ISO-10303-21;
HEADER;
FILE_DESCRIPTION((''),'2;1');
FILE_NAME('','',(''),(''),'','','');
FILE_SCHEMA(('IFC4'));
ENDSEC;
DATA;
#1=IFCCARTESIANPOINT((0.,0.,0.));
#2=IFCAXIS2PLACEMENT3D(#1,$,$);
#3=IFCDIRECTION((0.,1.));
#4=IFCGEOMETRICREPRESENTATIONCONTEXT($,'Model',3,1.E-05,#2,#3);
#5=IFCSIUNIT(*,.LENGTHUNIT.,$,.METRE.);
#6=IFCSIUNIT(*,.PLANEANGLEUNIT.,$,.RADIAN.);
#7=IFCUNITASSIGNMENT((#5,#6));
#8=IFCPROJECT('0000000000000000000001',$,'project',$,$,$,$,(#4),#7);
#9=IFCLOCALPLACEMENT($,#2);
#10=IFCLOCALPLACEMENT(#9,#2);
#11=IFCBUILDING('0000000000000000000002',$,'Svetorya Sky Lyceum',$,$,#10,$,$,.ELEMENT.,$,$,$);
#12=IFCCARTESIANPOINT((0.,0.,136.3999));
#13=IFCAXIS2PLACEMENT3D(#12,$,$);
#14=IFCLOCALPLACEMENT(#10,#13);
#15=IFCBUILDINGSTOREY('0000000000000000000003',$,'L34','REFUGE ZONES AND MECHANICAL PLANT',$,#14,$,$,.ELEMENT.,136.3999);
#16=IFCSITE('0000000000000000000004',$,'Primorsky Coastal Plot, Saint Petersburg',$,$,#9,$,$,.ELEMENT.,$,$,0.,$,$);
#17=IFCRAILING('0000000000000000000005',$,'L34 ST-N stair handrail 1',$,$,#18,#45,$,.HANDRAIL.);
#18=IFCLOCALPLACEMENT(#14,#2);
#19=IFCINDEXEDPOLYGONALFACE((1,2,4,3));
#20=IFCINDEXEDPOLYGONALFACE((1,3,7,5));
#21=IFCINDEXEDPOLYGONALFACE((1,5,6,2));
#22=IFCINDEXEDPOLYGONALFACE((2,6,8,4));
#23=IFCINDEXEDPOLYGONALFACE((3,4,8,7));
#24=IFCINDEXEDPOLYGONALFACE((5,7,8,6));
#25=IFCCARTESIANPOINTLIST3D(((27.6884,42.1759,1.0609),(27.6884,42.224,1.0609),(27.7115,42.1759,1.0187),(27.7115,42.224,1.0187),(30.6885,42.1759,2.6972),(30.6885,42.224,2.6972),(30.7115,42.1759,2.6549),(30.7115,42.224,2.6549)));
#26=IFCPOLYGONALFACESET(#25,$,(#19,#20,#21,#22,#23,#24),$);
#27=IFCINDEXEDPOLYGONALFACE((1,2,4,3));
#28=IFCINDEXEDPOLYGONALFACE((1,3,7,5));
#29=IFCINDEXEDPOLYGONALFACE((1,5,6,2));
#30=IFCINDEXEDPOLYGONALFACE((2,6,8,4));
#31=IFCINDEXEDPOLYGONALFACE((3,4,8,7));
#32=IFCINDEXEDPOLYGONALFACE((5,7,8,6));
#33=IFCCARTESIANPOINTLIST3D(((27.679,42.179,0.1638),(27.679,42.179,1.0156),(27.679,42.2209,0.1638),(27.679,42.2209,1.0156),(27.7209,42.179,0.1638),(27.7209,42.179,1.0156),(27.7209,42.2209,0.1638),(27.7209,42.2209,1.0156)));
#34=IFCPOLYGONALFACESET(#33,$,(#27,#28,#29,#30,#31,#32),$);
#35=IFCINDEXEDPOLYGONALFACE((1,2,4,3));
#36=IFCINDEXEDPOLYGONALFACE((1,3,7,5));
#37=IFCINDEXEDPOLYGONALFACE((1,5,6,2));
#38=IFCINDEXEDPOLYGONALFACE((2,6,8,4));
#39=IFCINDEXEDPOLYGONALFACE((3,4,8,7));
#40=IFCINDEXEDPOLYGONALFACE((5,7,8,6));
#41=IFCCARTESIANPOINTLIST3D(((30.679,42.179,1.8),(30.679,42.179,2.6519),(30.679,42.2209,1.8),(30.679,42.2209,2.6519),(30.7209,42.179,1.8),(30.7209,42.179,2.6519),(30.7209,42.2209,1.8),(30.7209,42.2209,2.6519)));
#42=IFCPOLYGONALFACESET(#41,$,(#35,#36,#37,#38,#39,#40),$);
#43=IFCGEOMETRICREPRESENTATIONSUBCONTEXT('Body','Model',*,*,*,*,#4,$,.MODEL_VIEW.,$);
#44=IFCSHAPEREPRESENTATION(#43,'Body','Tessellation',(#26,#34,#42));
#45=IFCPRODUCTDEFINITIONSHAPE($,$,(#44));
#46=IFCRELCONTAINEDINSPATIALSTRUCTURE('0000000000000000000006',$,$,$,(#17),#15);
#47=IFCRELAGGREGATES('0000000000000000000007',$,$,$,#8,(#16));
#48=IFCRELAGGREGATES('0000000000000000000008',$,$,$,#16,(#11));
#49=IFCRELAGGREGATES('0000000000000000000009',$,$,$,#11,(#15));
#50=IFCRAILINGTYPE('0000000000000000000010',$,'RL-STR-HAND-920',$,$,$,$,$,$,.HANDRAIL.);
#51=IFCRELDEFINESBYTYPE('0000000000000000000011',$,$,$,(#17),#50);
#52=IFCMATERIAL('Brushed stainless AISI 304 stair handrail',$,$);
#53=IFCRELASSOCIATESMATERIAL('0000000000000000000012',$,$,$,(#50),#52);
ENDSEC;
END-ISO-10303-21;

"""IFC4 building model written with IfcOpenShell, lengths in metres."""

from ifc_helpers import new_model, si_unit, direction, frame, origin, origin_2d, place, context, subcontext, project, spatial, rectangle, extrude, material, type_object, element, save


model = new_model("IFC4")

# Units and contexts
model_context = context("Model", 3, precision=1e-05, world=origin(), true_north=direction((0.0, 1.0)))
body_context = subcontext(model_context, "Body", "Model", "MODEL_VIEW")
ifc_project = project(units=[si_unit("LENGTHUNIT", "METRE"), si_unit("PLANEANGLEUNIT", "RADIAN")], contexts=[model_context])

# Site, building, storey
site_placement = place(None, origin())
site = spatial("IfcSite", under=ifc_project, at=site_placement, Name="Primorsky Coastal Plot, Saint Petersburg", CompositionType="ELEMENT", RefElevation=0.0)
building_placement = place(site_placement, origin())
building = spatial("IfcBuilding", under=site, at=building_placement, Name="Svetorya Sky Lyceum", CompositionType="ELEMENT")
storey_placement = place(building_placement, frame((0.0, 0.0, 136.3999)))
storey = spatial("IfcBuildingStorey", under=building, at=storey_placement, Name="L34", Description="REFUGE ZONES AND MECHANICAL PLANT", CompositionType="ELEMENT", Elevation=136.3999)

# Railing
ifc_material_1 = material(Name="Brushed stainless AISI 304 stair handrail")
railing_type = type_object("IfcRailingType", Name="RL-STR-HAND-920", PredefinedType="HANDRAIL", material=ifc_material_1)
railing_placement = place(storey_placement, frame((27.7, 42.2, 0.1638)))
element("IfcRailing", 1, at=railing_placement, inside=storey, type_object=railing_type, Name="L34 ST-N stair handrail 1", PredefinedType="HANDRAIL", context=body_context, shape_type="SweptSolid", body=[
    extrude(rectangle(XDim=0.0481, YDim=0.0481, at=origin_2d()), frame((0.0, 0.0, 0.876), z_axis=(0.877912, 0.0, 0.478822), x_axis=(0.0, 1.0, 0.0)), (0.0, 0.0, 1.0), 3.4172),
    extrude(rectangle(XDim=0.042, YDim=0.042, at=origin_2d()), origin(), (0.0, 0.0, 1.0), 0.8518),
    extrude(rectangle(XDim=0.042, YDim=0.042, at=origin_2d()), frame((3.0, 0.0, 1.6362)), (0.0, 0.0, 1.0), 0.8518),
])

save(model, "model.ifc")
